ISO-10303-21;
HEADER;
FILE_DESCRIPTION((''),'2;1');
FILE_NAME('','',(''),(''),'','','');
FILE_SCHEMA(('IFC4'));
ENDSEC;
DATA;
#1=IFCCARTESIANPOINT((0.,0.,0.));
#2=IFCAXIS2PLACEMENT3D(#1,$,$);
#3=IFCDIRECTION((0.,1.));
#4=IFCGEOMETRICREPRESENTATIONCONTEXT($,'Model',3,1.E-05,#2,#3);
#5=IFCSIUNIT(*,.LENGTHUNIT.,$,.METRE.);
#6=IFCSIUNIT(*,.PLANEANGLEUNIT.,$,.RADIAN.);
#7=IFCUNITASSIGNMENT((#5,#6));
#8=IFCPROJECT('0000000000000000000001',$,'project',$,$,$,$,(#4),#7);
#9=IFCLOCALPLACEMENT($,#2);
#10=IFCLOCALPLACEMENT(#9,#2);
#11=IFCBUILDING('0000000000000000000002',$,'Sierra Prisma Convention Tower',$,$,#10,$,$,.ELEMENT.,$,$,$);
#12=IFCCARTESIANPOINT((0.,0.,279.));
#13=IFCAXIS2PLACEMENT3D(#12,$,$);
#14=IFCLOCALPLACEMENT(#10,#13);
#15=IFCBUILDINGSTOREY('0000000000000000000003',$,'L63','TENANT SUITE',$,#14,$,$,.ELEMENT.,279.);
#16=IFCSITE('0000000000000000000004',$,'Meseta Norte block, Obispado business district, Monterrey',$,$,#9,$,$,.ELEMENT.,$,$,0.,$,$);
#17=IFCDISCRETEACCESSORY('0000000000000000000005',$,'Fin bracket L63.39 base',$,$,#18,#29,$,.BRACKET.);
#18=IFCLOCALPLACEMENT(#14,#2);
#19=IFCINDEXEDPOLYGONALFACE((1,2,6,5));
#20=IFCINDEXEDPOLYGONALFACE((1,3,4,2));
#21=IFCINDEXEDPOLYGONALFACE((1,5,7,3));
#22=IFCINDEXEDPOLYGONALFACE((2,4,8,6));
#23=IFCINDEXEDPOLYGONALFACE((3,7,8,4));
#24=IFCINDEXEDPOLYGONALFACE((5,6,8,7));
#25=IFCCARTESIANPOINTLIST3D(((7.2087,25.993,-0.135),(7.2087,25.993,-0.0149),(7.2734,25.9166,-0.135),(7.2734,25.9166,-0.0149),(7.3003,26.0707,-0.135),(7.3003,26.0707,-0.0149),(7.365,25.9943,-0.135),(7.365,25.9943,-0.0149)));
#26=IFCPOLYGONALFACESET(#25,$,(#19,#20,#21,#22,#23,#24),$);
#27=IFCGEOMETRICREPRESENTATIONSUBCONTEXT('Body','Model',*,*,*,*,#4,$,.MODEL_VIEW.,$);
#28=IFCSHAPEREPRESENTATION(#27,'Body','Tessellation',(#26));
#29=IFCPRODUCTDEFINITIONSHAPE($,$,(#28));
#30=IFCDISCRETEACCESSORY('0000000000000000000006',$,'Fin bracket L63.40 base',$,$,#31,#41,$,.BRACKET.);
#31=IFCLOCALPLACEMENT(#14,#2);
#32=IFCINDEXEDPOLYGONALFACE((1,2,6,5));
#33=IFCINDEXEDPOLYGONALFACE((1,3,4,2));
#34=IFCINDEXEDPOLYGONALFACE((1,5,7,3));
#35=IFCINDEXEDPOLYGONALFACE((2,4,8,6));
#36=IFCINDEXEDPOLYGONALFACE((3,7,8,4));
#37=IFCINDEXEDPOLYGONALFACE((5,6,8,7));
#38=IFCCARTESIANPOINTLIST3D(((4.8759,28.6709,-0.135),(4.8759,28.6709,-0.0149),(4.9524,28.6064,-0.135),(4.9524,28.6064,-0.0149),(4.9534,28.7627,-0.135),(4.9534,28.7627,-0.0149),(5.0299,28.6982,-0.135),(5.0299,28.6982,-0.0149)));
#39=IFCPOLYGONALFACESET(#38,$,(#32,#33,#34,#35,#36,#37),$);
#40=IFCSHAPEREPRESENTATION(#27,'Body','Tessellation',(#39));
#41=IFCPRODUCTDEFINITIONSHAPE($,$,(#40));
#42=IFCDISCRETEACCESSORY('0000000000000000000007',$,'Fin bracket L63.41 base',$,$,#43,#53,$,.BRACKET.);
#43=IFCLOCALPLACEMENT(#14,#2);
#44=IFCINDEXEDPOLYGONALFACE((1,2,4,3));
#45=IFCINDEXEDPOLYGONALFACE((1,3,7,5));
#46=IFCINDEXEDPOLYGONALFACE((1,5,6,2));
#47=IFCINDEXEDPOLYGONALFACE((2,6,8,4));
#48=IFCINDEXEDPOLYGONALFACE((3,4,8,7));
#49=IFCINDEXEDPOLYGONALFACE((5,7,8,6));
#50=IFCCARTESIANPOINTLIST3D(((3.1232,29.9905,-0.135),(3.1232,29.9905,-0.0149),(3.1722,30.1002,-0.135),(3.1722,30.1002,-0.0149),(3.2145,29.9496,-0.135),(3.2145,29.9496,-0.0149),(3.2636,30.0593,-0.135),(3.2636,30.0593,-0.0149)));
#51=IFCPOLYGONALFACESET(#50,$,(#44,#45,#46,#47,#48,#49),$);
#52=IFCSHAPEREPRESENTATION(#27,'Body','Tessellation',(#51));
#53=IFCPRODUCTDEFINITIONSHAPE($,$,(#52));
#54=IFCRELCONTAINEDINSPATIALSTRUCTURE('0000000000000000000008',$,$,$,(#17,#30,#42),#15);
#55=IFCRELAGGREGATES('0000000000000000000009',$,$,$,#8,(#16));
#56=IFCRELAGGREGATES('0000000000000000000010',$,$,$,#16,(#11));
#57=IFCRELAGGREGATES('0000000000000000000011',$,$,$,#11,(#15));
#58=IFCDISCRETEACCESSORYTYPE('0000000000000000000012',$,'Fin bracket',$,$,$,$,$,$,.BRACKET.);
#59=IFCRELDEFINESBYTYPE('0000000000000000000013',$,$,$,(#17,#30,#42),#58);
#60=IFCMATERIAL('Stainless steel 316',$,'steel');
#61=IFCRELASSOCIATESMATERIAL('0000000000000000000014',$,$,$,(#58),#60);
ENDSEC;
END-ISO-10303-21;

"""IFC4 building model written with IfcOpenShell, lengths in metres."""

from ifc_helpers import new_model, si_unit, direction, frame, origin, origin_2d, place, context, subcontext, project, spatial, rectangle, extrude, material, type_object, element, save


model = new_model("IFC4")

# Units and contexts
model_context = context("Model", 3, precision=1e-05, world=origin(), true_north=direction((0.0, 1.0)))
body_context = subcontext(model_context, "Body", "Model", "MODEL_VIEW")
ifc_project = project(units=[si_unit("LENGTHUNIT", "METRE"), si_unit("PLANEANGLEUNIT", "RADIAN")], contexts=[model_context])

# Site, building, storey
site_placement = place(None, origin())
site = spatial("IfcSite", under=ifc_project, at=site_placement, Name="Meseta Norte block, Obispado business district, Monterrey", CompositionType="ELEMENT", RefElevation=0.0)
building_placement = place(site_placement, origin())
building = spatial("IfcBuilding", under=site, at=building_placement, Name="Sierra Prisma Convention Tower", CompositionType="ELEMENT")
storey_placement = place(building_placement, frame((0.0, 0.0, 279.0)))
storey = spatial("IfcBuildingStorey", under=building, at=storey_placement, Name="L63", Description="TENANT SUITE", CompositionType="ELEMENT", Elevation=279.0)

# Discrete accessories
ifc_material_1 = material(Name="Stainless steel 316", Category="steel")
discrete_accessory_type = type_object("IfcDiscreteAccessoryType", Name="Fin bracket", PredefinedType="BRACKET", material=ifc_material_1)
for number, where, z_axis, x_axis, name in (
    (1, (7.2869, 25.9937, -0.135), (0.0, 0.0, 1.0), (0.763029, 0.646365, 0.0), "Fin bracket L63.39 base"),
    (2, (4.9529, 28.6846, -0.135), (0.0, 0.0, 1.0), (0.644921, 0.764249, 0.0), "Fin bracket L63.40 base"),
    (3, (3.1934, 30.0249, -0.135), (0.0, 0.0, 1.0), (0.408264, 0.912864, 0.0), "Fin bracket L63.41 base"),
):
    element("IfcDiscreteAccessory", number, at=place(storey_placement, frame(where, z_axis=z_axis, x_axis=x_axis)), inside=storey, type_object=discrete_accessory_type, Name=name, PredefinedType="BRACKET", context=body_context, shape_type="SweptSolid", body=[
        extrude(rectangle(XDim=0.1201, YDim=0.1001, at=origin_2d()), origin(), (0.0, 0.0, 1.0), 0.1201),
    ])

save(model, "model.ifc")
